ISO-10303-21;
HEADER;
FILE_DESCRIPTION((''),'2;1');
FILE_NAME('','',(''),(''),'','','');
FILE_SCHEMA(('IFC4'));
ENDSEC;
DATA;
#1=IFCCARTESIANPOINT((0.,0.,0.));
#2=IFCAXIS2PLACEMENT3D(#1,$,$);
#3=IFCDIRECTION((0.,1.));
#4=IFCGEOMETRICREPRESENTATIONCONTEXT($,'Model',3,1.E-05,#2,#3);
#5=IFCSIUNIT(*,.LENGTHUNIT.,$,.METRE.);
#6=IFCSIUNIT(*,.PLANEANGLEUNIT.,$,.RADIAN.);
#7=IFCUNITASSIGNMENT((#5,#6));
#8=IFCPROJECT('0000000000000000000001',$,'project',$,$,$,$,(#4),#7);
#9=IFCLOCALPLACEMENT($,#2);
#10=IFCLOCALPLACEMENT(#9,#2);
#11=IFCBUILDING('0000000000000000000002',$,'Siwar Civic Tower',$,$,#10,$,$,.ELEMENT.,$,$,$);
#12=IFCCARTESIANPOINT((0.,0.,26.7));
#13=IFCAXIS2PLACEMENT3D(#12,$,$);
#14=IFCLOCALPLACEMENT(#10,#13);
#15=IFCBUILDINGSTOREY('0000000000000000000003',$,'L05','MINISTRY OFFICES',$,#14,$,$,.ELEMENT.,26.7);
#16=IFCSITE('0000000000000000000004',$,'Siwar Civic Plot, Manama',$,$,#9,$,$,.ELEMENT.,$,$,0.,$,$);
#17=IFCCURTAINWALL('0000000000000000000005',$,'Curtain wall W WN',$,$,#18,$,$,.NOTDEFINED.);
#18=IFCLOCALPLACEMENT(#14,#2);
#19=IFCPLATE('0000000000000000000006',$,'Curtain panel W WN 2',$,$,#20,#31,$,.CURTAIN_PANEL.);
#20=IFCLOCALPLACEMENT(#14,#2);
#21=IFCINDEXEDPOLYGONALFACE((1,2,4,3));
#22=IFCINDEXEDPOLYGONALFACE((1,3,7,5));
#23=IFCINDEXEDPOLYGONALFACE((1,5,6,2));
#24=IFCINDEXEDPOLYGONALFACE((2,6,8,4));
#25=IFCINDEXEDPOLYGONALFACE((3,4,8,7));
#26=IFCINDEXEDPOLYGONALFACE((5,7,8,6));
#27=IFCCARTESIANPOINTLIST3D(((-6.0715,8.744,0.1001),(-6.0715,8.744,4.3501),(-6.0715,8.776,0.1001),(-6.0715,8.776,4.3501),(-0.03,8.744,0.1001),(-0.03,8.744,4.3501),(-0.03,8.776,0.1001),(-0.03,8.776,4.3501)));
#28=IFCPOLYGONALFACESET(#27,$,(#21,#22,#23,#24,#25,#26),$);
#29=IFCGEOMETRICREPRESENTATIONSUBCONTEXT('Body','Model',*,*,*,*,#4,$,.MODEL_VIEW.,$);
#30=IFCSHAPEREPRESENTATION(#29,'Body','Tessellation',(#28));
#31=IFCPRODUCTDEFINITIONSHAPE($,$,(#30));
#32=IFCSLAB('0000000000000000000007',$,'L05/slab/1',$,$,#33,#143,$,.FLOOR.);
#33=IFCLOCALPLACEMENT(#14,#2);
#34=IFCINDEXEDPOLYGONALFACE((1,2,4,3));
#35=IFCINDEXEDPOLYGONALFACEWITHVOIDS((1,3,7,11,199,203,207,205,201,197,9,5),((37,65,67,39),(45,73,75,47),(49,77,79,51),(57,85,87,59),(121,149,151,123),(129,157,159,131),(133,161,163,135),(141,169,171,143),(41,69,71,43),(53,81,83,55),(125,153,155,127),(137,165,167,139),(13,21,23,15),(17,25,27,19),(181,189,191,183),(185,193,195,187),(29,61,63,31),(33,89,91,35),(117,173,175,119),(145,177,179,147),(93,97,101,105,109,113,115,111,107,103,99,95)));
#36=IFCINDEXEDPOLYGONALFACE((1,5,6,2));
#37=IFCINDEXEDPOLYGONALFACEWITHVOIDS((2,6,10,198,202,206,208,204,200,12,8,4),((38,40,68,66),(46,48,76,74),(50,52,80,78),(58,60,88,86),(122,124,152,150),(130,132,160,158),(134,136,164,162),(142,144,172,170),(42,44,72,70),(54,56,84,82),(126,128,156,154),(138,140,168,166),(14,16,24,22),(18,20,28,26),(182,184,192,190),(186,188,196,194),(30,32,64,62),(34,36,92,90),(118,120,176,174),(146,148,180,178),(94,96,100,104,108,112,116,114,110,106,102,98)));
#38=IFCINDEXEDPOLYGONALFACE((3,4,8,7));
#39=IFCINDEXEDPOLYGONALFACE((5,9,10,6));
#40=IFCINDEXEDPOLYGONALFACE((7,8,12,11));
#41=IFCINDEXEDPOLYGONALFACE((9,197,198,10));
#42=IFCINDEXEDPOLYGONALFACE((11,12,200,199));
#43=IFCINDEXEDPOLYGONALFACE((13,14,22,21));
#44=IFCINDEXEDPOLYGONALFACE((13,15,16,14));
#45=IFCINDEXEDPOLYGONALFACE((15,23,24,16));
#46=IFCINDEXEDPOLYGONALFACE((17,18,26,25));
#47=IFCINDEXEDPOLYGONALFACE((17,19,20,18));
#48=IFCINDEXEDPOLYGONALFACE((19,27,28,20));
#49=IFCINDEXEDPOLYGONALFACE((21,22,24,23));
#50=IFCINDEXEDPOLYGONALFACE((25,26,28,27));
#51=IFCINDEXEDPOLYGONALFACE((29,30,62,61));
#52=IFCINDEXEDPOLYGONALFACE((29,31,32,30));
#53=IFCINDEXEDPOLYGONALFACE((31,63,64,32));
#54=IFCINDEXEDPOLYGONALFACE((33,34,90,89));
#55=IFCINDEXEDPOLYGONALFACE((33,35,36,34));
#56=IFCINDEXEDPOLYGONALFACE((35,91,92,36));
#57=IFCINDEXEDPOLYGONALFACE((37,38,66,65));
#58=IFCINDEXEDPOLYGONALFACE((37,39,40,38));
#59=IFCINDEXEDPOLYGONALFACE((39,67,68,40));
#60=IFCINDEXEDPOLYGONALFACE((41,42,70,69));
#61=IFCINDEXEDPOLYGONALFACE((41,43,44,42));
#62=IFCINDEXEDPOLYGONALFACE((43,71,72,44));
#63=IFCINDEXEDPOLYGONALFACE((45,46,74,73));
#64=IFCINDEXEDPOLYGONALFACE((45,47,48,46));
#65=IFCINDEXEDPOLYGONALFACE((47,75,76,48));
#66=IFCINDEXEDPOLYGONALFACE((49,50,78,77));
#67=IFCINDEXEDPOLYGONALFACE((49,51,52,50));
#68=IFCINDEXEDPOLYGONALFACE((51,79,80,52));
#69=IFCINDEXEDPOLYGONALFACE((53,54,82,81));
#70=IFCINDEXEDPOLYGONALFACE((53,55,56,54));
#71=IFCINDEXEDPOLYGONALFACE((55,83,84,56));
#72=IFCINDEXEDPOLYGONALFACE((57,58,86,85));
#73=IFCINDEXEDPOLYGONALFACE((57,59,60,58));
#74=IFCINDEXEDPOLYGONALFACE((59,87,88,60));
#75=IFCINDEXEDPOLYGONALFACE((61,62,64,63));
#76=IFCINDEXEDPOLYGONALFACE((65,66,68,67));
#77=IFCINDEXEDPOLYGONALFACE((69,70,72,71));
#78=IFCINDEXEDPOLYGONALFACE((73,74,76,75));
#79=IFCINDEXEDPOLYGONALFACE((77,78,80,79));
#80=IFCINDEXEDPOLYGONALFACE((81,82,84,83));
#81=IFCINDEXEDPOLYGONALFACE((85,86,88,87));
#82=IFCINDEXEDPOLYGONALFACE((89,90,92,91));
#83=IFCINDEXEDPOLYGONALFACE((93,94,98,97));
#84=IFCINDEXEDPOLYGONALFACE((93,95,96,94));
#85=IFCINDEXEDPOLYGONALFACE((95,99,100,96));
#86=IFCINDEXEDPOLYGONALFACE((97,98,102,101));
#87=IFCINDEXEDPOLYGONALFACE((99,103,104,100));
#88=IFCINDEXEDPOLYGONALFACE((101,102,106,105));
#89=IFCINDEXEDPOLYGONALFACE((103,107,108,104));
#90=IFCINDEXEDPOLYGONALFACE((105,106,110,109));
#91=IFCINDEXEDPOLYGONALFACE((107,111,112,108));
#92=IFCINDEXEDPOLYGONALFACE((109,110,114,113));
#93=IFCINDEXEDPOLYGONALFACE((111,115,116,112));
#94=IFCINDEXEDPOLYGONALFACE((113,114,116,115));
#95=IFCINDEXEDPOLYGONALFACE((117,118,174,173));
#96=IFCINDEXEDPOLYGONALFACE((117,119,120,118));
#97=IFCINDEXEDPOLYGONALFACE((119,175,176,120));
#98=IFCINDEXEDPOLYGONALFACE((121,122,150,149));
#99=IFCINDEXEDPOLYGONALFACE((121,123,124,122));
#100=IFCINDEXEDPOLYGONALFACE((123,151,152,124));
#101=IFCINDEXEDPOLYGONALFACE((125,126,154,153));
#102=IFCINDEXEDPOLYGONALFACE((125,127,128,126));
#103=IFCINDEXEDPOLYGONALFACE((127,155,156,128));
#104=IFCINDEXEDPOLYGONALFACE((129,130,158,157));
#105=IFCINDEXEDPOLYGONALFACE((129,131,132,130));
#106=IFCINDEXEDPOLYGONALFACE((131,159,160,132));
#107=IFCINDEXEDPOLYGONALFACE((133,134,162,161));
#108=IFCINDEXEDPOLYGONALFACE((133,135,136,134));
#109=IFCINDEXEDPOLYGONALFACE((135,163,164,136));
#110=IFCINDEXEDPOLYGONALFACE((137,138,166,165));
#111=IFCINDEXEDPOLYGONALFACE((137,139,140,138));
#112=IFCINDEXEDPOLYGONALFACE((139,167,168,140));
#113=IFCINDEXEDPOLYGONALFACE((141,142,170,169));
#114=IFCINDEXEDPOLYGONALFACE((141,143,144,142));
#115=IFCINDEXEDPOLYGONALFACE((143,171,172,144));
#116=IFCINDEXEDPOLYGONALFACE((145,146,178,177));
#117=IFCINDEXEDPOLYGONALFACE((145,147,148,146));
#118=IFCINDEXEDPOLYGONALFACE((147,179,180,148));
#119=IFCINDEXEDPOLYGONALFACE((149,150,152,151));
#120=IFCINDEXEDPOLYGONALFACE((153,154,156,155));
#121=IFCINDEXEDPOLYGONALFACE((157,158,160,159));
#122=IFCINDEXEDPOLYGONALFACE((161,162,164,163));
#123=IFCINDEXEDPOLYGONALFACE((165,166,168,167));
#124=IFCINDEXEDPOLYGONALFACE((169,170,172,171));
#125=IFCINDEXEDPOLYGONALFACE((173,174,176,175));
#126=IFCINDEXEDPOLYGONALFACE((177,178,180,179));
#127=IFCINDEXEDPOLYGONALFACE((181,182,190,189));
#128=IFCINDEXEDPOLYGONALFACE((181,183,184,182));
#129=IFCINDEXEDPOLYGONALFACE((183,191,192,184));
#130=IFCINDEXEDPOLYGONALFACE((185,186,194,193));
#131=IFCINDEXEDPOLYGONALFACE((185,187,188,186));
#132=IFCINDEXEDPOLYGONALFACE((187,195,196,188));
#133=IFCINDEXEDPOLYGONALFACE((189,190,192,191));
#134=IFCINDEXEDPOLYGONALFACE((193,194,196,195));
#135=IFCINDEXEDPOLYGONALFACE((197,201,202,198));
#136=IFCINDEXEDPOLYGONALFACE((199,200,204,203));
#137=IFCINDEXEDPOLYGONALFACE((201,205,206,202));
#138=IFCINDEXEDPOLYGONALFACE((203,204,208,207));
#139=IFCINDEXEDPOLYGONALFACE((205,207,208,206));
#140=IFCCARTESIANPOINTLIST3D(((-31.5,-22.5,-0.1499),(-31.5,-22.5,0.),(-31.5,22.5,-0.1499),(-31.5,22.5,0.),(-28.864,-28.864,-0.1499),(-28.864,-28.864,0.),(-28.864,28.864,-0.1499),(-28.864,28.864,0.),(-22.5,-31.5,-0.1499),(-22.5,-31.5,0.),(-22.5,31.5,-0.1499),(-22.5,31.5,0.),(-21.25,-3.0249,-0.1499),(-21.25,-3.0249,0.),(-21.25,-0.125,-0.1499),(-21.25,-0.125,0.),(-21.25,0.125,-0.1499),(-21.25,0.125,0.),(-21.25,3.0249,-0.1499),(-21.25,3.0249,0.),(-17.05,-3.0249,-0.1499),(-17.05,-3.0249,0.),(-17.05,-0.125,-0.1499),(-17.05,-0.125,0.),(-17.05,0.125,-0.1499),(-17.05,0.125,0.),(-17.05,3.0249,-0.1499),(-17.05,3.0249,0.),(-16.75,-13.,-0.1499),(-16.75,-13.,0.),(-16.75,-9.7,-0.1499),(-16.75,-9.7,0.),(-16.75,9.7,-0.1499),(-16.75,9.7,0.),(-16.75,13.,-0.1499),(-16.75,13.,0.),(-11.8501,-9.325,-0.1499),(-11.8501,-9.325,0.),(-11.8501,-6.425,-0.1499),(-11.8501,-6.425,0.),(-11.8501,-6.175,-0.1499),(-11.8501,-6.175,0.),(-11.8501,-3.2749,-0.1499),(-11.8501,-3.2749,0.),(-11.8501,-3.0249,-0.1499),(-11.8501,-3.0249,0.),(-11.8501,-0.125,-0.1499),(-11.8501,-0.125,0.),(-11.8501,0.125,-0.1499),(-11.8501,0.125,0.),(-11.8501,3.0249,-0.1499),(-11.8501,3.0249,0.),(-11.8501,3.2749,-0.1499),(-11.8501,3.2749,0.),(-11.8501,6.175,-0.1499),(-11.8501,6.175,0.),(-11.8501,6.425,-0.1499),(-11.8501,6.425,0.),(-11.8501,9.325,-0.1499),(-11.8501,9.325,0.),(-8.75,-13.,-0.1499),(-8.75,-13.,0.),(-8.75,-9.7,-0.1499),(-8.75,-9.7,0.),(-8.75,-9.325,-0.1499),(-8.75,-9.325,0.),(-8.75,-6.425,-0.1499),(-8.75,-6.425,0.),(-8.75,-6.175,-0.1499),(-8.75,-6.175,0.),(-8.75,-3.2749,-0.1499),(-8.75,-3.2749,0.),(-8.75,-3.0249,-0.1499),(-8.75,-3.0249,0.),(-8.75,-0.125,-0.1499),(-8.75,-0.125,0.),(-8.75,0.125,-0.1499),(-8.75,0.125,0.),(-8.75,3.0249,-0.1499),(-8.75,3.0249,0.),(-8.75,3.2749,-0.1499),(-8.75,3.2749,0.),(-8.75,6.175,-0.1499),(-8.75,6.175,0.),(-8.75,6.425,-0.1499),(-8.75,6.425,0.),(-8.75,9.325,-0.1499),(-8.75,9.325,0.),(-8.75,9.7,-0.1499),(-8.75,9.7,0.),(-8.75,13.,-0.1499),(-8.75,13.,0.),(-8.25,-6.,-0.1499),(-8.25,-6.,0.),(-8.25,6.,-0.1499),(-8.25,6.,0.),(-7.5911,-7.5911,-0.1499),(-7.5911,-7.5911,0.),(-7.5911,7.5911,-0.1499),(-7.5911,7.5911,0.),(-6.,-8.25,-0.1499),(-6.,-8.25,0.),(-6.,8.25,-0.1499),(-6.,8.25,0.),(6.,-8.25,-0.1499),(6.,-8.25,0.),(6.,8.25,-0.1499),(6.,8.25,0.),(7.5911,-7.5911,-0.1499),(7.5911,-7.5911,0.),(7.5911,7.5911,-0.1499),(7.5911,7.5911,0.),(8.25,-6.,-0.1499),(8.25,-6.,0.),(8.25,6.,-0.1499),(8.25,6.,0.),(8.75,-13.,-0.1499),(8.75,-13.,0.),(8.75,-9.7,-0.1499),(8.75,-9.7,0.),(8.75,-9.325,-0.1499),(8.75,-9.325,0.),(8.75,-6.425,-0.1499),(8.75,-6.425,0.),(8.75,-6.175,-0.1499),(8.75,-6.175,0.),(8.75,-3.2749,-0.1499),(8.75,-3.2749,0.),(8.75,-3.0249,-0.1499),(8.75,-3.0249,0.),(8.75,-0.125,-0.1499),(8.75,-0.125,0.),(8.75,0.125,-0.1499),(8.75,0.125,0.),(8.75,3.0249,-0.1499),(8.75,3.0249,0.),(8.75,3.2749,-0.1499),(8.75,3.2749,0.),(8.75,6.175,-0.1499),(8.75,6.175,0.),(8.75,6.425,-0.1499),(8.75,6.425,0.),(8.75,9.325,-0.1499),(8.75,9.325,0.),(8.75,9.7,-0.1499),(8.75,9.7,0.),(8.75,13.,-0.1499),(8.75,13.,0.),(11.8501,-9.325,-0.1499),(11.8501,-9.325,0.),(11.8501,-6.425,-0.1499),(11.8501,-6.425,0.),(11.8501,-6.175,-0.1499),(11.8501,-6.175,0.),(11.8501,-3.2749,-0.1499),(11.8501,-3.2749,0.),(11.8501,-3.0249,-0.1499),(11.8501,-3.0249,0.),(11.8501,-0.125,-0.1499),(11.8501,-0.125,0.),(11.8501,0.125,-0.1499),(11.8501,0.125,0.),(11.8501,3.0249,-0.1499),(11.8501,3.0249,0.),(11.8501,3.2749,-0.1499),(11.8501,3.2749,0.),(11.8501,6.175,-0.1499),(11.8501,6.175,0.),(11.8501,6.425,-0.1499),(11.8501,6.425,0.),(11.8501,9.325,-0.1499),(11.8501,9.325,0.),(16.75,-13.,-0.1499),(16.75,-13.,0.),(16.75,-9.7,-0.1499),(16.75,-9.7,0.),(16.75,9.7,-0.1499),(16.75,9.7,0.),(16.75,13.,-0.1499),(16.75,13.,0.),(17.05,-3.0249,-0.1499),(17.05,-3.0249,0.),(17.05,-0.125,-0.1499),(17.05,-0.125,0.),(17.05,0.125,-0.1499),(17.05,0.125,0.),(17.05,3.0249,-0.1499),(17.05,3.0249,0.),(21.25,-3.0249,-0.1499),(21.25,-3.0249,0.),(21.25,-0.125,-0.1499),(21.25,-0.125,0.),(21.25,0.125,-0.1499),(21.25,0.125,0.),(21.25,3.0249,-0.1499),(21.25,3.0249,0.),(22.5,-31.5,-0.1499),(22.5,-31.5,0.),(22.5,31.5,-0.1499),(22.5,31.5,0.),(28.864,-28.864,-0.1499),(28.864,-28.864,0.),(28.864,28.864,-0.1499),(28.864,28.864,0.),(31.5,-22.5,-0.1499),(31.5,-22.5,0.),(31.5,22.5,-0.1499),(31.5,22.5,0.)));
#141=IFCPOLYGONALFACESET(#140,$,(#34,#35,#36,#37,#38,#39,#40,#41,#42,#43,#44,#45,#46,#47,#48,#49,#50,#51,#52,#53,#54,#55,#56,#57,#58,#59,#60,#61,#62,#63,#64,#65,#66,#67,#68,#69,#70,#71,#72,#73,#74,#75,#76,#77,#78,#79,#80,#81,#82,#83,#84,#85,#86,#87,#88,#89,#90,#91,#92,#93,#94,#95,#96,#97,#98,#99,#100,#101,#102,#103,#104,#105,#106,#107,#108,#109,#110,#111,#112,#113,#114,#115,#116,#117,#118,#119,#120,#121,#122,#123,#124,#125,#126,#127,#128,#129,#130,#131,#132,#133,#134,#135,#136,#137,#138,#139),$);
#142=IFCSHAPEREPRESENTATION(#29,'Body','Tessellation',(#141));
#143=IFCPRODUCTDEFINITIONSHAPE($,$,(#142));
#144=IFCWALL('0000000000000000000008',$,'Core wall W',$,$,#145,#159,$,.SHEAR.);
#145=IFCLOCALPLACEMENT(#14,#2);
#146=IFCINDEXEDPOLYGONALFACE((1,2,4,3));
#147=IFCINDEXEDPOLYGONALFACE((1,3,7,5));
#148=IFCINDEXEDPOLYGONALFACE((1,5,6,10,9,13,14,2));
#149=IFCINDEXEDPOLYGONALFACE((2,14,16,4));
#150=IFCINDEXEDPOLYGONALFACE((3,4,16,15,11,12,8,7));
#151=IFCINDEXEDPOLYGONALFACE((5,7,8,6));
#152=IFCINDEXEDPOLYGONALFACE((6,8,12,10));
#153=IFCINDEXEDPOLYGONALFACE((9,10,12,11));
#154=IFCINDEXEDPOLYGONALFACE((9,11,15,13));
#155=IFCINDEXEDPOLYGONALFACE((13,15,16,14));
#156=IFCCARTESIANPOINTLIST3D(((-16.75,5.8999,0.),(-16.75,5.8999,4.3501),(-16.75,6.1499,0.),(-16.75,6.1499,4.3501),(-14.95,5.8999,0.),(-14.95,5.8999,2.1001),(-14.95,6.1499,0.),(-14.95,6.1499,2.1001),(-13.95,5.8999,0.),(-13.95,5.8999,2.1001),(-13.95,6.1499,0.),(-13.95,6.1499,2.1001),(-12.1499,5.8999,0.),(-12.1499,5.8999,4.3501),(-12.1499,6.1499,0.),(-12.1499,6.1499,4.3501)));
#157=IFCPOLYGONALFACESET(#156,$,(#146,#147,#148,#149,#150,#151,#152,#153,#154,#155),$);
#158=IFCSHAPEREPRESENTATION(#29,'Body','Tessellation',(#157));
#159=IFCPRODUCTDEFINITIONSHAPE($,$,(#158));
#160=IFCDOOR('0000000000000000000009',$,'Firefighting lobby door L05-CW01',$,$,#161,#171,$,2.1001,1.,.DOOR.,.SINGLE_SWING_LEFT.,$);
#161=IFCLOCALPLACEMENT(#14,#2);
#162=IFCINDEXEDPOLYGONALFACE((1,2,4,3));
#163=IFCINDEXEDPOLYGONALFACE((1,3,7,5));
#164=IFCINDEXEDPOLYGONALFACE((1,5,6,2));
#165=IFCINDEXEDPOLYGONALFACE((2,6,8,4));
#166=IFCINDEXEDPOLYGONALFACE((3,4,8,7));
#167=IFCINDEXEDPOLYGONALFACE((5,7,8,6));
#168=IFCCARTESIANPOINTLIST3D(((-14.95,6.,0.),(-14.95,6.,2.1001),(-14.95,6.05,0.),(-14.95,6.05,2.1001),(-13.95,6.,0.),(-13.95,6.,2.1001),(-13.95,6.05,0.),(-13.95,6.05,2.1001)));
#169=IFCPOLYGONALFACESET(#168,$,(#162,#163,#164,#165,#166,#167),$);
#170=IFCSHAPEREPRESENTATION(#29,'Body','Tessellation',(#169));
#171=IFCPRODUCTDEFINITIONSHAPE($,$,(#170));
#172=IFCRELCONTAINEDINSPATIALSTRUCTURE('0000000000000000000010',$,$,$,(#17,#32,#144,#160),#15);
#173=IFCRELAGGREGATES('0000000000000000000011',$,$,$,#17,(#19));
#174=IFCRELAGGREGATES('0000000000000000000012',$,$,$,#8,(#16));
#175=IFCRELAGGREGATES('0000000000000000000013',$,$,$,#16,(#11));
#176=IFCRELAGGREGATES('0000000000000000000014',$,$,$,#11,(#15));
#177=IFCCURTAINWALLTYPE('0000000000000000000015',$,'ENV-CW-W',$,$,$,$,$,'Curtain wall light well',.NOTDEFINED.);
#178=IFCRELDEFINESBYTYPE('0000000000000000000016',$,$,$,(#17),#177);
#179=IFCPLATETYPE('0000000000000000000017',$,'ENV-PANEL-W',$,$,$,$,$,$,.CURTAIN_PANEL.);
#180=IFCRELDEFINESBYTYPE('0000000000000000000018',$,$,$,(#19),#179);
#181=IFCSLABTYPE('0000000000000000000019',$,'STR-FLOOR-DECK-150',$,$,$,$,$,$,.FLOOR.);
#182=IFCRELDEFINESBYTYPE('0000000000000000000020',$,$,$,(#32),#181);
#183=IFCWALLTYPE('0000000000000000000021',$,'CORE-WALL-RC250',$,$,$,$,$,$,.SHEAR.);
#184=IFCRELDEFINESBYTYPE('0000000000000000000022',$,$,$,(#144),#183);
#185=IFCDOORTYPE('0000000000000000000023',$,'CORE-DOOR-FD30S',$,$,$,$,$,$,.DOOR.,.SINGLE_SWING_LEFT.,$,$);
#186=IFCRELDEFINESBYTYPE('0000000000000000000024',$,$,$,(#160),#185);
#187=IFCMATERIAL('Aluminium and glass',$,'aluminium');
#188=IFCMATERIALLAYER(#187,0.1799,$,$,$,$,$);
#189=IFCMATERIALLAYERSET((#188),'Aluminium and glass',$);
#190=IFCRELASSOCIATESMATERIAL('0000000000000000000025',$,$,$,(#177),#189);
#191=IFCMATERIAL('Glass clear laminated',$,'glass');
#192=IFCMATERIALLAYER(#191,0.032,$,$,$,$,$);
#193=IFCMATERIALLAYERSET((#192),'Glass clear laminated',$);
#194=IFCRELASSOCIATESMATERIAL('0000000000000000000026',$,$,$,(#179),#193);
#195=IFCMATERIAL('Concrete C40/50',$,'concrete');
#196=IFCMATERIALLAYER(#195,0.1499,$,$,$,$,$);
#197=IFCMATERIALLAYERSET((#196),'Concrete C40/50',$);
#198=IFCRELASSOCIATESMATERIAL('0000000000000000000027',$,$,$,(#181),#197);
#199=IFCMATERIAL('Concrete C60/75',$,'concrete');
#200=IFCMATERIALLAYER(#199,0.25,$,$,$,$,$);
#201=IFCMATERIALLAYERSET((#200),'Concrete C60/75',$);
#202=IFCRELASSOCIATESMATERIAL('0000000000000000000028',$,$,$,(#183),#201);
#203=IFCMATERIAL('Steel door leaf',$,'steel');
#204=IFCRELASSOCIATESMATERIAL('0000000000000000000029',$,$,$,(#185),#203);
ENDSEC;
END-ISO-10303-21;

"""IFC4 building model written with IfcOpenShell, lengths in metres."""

from ifc_helpers import new_model, si_unit, direction, frame, frame_2d, origin, origin_2d, place, context, subcontext, project, spatial, polyline, rectangle, outline, extrude, material, layer, layer_set, type_object, element, fill, aggregate, save


model = new_model("IFC4")

# Units and contexts
model_context = context("Model", 3, precision=1e-05, world=origin(), true_north=direction((0.0, 1.0)))
body_context = subcontext(model_context, "Body", "Model", "MODEL_VIEW")
ifc_project = project(units=[si_unit("LENGTHUNIT", "METRE"), si_unit("PLANEANGLEUNIT", "RADIAN")], contexts=[model_context])

# Site, building, storey
site_placement = place(None, origin())
site = spatial("IfcSite", under=ifc_project, at=site_placement, Name="Siwar Civic Plot, Manama", CompositionType="ELEMENT", RefElevation=0.0)
building_placement = place(site_placement, origin())
building = spatial("IfcBuilding", under=site, at=building_placement, Name="Siwar Civic Tower", CompositionType="ELEMENT")
storey_placement = place(building_placement, frame((0.0, 0.0, 26.7)))
storey = spatial("IfcBuildingStorey", under=building, at=storey_placement, Name="L05", Description="MINISTRY OFFICES", CompositionType="ELEMENT", Elevation=26.7)

# Curtain wall
ifc_material_1 = material(Name="Aluminium and glass", Category="aluminium")
ifc_layer_1 = layer(ifc_material_1, 0.1799)
ifc_layer_set_1 = layer_set([ifc_layer_1], Name="Aluminium and glass")
curtain_wall_type = type_object("IfcCurtainWallType", Name="ENV-CW-W", ElementType="Curtain wall light well", PredefinedType="NOTDEFINED", material=ifc_layer_set_1)
curtain_wall_placement = place(storey_placement, origin())
curtain_wall = element("IfcCurtainWall", 1, at=curtain_wall_placement, inside=storey, type_object=curtain_wall_type, Name="Curtain wall W WN", PredefinedType="NOTDEFINED")

# Plate
ifc_material_2 = material(Name="Glass clear laminated", Category="glass")
ifc_layer_2 = layer(ifc_material_2, 0.032)
ifc_layer_set_2 = layer_set([ifc_layer_2], Name="Glass clear laminated")
plate_type = type_object("IfcPlateType", Name="ENV-PANEL-W", PredefinedType="CURTAIN_PANEL", material=ifc_layer_set_2)
plate_placement = place(storey_placement, frame((-3.0508, 8.76, 0.1001), z_axis=(0.0, 0.0, 1.0), x_axis=(-1.0, 0.0, 0.0)))
plate = element("IfcPlate", 2, at=plate_placement, type_object=plate_type, Name="Curtain panel W WN 2", PredefinedType="CURTAIN_PANEL", context=body_context, shape_type="SweptSolid", body=[
    extrude(rectangle(XDim=6.0415, YDim=0.032, at=origin_2d()), origin(), (0.0, 0.0, 1.0), 4.25),
])
aggregate(curtain_wall, [plate])

# Slab
ifc_material_3 = material(Name="Concrete C40/50", Category="concrete")
ifc_layer_3 = layer(ifc_material_3, 0.1499)
ifc_layer_set_3 = layer_set([ifc_layer_3], Name="Concrete C40/50")
slab_type_1 = type_object("IfcSlabType", Name="STR-FLOOR-DECK-150", PredefinedType="FLOOR", material=ifc_layer_set_3)
slab_1_placement = place(storey_placement, frame((0.0, 0.0, -0.1499)))
element("IfcSlab", 3, at=slab_1_placement, inside=storey, type_object=slab_type_1, Name="L05/slab/1", PredefinedType="FLOOR", context=body_context, shape_type="SweptSolid", body=[
    extrude(outline(polyline([(-22.5, -31.5), (22.5, -31.5), (28.864, -28.864), (31.5, -22.5), (31.5, 22.5), (28.864, 28.864), (22.5, 31.5), (-22.5, 31.5), (-28.864, 28.864), (-31.5, 22.5), (-31.5, -22.5), (-28.864, -28.864), (-22.5, -31.5)]), holes=[polyline([(21.25, 3.0249), (21.25, 0.125), (17.05, 0.125), (17.05, 3.0249), (21.25, 3.0249)]), polyline([(17.05, -0.125), (21.25, -0.125), (21.25, -3.0249), (17.05, -3.0249), (17.05, -0.125)]), polyline([(16.75, 13.0), (16.75, 9.7), (8.75, 9.7), (8.75, 13.0), (16.75, 13.0)]), polyline([(8.75, -9.7), (16.75, -9.7), (16.75, -13.0), (8.75, -13.0), (8.75, -9.7)]), polyline([(11.8501, 9.325), (11.8501, 6.425), (8.75, 6.425), (8.75, 9.325), (11.8501, 9.325)]), polyline([(11.8501, 3.0249), (11.8501, 0.125), (8.75, 0.125), (8.75, 3.0249), (11.8501, 3.0249)]), polyline([(11.8501, -0.125), (11.8501, -3.0249), (8.75, -3.0249), (8.75, -0.125), (11.8501, -0.125)]), polyline([(11.8501, -3.2749), (11.8501, -6.175), (8.75, -6.175), (8.75, -3.2749), (11.8501, -3.2749)]), polyline([(8.75, 6.175), (11.8501, 6.175), (11.8501, 3.2749), (8.75, 3.2749), (8.75, 6.175)]), polyline([(8.75, -6.425), (11.8501, -6.425), (11.8501, -9.325), (8.75, -9.325), (8.75, -6.425)]), polyline([(-6.0, 8.25), (6.0, 8.25), (7.5911, 7.5911), (8.25, 6.0), (8.25, -6.0), (7.5911, -7.5911), (6.0, -8.25), (-6.0, -8.25), (-7.5911, -7.5911), (-8.25, -6.0), (-8.25, 6.0), (-7.5911, 7.5911), (-6.0, 8.25)]), polyline([(-8.75, 9.7), (-16.75, 9.7), (-16.75, 13.0), (-8.75, 13.0), (-8.75, 9.7)]), polyline([(-8.75, 0.125), (-11.8501, 0.125), (-11.8501, 3.0249), (-8.75, 3.0249), (-8.75, 0.125)]), polyline([(-8.75, -6.175), (-11.8501, -6.175), (-11.8501, -3.2749), (-8.75, -3.2749), (-8.75, -6.175)]), polyline([(-8.75, -9.325), (-11.8501, -9.325), (-11.8501, -6.425), (-8.75, -6.425), (-8.75, -9.325)]), polyline([(-8.75, -13.0), (-16.75, -13.0), (-16.75, -9.7), (-8.75, -9.7), (-8.75, -13.0)]), polyline([(-11.8501, 6.425), (-11.8501, 9.325), (-8.75, 9.325), (-8.75, 6.425), (-11.8501, 6.425)]), polyline([(-11.8501, 3.2749), (-11.8501, 6.175), (-8.75, 6.175), (-8.75, 3.2749), (-11.8501, 3.2749)]), polyline([(-11.8501, -3.0249), (-11.8501, -0.125), (-8.75, -0.125), (-8.75, -3.0249), (-11.8501, -3.0249)]), polyline([(-21.25, -3.0249), (-21.25, -0.125), (-17.05, -0.125), (-17.05, -3.0249), (-21.25, -3.0249)]), polyline([(-17.05, 0.125), (-21.25, 0.125), (-21.25, 3.0249), (-17.05, 3.0249), (-17.05, 0.125)])]), origin(), (0.0, 0.0, 1.0), 0.1499),
])

# Wall, opening, door
ifc_material_4 = material(Name="Concrete C60/75", Category="concrete")
ifc_layer_4 = layer(ifc_material_4, 0.25)
ifc_layer_set_4 = layer_set([ifc_layer_4], Name="Concrete C60/75")
wall_type_1 = type_object("IfcWallType", Name="CORE-WALL-RC250", PredefinedType="SHEAR", material=ifc_layer_set_4)
wall_1_placement = place(storey_placement, frame((-12.1499, 6.0249, 0.0), z_axis=(0.0, 0.0, 1.0), x_axis=(-1.0, 0.0, 0.0)))
wall_1 = element("IfcWall", 4, at=wall_1_placement, inside=storey, type_object=wall_type_1, Name="Core wall W", PredefinedType="SHEAR", context=body_context, shape_type="SweptSolid", body=[
    extrude(rectangle(XDim=4.6001, YDim=0.25, at=frame_2d((2.3, 0.0))), origin(), (0.0, 0.0, 1.0), 4.3501),
])
opening_1_placement = place(wall_1_placement, frame((1.8, 0.0, 0.0)))
opening_1 = element("IfcOpeningElement", 5, at=opening_1_placement, cuts=wall_1, PredefinedType="OPENING", context=body_context, shape_type="SweptSolid", body=[
    extrude(rectangle(XDim=1.0, YDim=2.1001, at=frame_2d((0.5, 1.05))), frame((0.0, 0.135, 0.0), z_axis=(0.0, -1.0, 0.0), x_axis=(1.0, 0.0, 0.0)), (0.0, 0.0, 1.0), 0.27),
])
ifc_material_5 = material(Name="Steel door leaf", Category="steel")
door_type_1 = type_object("IfcDoorType", Name="CORE-DOOR-FD30S", OperationType="SINGLE_SWING_LEFT", PredefinedType="DOOR", material=ifc_material_5)
door_1_placement = place(opening_1_placement, origin())
door_1 = element("IfcDoor", 6, at=door_1_placement, inside=storey, type_object=door_type_1, Name="Firefighting lobby door L05-CW01", OperationType="SINGLE_SWING_LEFT", OverallHeight=2.1001, OverallWidth=1.0, PredefinedType="DOOR", context=body_context, shape_type="SweptSolid", body=[
    extrude(rectangle(XDim=1.0, YDim=2.1001, at=frame_2d((0.5, 1.05))), frame((0.0, 0.0249, 0.0), z_axis=(0.0, -1.0, 0.0), x_axis=(1.0, 0.0, 0.0)), (0.0, 0.0, 1.0), 0.05),
])
fill(opening_1, door_1)

save(model, "model.ifc")
